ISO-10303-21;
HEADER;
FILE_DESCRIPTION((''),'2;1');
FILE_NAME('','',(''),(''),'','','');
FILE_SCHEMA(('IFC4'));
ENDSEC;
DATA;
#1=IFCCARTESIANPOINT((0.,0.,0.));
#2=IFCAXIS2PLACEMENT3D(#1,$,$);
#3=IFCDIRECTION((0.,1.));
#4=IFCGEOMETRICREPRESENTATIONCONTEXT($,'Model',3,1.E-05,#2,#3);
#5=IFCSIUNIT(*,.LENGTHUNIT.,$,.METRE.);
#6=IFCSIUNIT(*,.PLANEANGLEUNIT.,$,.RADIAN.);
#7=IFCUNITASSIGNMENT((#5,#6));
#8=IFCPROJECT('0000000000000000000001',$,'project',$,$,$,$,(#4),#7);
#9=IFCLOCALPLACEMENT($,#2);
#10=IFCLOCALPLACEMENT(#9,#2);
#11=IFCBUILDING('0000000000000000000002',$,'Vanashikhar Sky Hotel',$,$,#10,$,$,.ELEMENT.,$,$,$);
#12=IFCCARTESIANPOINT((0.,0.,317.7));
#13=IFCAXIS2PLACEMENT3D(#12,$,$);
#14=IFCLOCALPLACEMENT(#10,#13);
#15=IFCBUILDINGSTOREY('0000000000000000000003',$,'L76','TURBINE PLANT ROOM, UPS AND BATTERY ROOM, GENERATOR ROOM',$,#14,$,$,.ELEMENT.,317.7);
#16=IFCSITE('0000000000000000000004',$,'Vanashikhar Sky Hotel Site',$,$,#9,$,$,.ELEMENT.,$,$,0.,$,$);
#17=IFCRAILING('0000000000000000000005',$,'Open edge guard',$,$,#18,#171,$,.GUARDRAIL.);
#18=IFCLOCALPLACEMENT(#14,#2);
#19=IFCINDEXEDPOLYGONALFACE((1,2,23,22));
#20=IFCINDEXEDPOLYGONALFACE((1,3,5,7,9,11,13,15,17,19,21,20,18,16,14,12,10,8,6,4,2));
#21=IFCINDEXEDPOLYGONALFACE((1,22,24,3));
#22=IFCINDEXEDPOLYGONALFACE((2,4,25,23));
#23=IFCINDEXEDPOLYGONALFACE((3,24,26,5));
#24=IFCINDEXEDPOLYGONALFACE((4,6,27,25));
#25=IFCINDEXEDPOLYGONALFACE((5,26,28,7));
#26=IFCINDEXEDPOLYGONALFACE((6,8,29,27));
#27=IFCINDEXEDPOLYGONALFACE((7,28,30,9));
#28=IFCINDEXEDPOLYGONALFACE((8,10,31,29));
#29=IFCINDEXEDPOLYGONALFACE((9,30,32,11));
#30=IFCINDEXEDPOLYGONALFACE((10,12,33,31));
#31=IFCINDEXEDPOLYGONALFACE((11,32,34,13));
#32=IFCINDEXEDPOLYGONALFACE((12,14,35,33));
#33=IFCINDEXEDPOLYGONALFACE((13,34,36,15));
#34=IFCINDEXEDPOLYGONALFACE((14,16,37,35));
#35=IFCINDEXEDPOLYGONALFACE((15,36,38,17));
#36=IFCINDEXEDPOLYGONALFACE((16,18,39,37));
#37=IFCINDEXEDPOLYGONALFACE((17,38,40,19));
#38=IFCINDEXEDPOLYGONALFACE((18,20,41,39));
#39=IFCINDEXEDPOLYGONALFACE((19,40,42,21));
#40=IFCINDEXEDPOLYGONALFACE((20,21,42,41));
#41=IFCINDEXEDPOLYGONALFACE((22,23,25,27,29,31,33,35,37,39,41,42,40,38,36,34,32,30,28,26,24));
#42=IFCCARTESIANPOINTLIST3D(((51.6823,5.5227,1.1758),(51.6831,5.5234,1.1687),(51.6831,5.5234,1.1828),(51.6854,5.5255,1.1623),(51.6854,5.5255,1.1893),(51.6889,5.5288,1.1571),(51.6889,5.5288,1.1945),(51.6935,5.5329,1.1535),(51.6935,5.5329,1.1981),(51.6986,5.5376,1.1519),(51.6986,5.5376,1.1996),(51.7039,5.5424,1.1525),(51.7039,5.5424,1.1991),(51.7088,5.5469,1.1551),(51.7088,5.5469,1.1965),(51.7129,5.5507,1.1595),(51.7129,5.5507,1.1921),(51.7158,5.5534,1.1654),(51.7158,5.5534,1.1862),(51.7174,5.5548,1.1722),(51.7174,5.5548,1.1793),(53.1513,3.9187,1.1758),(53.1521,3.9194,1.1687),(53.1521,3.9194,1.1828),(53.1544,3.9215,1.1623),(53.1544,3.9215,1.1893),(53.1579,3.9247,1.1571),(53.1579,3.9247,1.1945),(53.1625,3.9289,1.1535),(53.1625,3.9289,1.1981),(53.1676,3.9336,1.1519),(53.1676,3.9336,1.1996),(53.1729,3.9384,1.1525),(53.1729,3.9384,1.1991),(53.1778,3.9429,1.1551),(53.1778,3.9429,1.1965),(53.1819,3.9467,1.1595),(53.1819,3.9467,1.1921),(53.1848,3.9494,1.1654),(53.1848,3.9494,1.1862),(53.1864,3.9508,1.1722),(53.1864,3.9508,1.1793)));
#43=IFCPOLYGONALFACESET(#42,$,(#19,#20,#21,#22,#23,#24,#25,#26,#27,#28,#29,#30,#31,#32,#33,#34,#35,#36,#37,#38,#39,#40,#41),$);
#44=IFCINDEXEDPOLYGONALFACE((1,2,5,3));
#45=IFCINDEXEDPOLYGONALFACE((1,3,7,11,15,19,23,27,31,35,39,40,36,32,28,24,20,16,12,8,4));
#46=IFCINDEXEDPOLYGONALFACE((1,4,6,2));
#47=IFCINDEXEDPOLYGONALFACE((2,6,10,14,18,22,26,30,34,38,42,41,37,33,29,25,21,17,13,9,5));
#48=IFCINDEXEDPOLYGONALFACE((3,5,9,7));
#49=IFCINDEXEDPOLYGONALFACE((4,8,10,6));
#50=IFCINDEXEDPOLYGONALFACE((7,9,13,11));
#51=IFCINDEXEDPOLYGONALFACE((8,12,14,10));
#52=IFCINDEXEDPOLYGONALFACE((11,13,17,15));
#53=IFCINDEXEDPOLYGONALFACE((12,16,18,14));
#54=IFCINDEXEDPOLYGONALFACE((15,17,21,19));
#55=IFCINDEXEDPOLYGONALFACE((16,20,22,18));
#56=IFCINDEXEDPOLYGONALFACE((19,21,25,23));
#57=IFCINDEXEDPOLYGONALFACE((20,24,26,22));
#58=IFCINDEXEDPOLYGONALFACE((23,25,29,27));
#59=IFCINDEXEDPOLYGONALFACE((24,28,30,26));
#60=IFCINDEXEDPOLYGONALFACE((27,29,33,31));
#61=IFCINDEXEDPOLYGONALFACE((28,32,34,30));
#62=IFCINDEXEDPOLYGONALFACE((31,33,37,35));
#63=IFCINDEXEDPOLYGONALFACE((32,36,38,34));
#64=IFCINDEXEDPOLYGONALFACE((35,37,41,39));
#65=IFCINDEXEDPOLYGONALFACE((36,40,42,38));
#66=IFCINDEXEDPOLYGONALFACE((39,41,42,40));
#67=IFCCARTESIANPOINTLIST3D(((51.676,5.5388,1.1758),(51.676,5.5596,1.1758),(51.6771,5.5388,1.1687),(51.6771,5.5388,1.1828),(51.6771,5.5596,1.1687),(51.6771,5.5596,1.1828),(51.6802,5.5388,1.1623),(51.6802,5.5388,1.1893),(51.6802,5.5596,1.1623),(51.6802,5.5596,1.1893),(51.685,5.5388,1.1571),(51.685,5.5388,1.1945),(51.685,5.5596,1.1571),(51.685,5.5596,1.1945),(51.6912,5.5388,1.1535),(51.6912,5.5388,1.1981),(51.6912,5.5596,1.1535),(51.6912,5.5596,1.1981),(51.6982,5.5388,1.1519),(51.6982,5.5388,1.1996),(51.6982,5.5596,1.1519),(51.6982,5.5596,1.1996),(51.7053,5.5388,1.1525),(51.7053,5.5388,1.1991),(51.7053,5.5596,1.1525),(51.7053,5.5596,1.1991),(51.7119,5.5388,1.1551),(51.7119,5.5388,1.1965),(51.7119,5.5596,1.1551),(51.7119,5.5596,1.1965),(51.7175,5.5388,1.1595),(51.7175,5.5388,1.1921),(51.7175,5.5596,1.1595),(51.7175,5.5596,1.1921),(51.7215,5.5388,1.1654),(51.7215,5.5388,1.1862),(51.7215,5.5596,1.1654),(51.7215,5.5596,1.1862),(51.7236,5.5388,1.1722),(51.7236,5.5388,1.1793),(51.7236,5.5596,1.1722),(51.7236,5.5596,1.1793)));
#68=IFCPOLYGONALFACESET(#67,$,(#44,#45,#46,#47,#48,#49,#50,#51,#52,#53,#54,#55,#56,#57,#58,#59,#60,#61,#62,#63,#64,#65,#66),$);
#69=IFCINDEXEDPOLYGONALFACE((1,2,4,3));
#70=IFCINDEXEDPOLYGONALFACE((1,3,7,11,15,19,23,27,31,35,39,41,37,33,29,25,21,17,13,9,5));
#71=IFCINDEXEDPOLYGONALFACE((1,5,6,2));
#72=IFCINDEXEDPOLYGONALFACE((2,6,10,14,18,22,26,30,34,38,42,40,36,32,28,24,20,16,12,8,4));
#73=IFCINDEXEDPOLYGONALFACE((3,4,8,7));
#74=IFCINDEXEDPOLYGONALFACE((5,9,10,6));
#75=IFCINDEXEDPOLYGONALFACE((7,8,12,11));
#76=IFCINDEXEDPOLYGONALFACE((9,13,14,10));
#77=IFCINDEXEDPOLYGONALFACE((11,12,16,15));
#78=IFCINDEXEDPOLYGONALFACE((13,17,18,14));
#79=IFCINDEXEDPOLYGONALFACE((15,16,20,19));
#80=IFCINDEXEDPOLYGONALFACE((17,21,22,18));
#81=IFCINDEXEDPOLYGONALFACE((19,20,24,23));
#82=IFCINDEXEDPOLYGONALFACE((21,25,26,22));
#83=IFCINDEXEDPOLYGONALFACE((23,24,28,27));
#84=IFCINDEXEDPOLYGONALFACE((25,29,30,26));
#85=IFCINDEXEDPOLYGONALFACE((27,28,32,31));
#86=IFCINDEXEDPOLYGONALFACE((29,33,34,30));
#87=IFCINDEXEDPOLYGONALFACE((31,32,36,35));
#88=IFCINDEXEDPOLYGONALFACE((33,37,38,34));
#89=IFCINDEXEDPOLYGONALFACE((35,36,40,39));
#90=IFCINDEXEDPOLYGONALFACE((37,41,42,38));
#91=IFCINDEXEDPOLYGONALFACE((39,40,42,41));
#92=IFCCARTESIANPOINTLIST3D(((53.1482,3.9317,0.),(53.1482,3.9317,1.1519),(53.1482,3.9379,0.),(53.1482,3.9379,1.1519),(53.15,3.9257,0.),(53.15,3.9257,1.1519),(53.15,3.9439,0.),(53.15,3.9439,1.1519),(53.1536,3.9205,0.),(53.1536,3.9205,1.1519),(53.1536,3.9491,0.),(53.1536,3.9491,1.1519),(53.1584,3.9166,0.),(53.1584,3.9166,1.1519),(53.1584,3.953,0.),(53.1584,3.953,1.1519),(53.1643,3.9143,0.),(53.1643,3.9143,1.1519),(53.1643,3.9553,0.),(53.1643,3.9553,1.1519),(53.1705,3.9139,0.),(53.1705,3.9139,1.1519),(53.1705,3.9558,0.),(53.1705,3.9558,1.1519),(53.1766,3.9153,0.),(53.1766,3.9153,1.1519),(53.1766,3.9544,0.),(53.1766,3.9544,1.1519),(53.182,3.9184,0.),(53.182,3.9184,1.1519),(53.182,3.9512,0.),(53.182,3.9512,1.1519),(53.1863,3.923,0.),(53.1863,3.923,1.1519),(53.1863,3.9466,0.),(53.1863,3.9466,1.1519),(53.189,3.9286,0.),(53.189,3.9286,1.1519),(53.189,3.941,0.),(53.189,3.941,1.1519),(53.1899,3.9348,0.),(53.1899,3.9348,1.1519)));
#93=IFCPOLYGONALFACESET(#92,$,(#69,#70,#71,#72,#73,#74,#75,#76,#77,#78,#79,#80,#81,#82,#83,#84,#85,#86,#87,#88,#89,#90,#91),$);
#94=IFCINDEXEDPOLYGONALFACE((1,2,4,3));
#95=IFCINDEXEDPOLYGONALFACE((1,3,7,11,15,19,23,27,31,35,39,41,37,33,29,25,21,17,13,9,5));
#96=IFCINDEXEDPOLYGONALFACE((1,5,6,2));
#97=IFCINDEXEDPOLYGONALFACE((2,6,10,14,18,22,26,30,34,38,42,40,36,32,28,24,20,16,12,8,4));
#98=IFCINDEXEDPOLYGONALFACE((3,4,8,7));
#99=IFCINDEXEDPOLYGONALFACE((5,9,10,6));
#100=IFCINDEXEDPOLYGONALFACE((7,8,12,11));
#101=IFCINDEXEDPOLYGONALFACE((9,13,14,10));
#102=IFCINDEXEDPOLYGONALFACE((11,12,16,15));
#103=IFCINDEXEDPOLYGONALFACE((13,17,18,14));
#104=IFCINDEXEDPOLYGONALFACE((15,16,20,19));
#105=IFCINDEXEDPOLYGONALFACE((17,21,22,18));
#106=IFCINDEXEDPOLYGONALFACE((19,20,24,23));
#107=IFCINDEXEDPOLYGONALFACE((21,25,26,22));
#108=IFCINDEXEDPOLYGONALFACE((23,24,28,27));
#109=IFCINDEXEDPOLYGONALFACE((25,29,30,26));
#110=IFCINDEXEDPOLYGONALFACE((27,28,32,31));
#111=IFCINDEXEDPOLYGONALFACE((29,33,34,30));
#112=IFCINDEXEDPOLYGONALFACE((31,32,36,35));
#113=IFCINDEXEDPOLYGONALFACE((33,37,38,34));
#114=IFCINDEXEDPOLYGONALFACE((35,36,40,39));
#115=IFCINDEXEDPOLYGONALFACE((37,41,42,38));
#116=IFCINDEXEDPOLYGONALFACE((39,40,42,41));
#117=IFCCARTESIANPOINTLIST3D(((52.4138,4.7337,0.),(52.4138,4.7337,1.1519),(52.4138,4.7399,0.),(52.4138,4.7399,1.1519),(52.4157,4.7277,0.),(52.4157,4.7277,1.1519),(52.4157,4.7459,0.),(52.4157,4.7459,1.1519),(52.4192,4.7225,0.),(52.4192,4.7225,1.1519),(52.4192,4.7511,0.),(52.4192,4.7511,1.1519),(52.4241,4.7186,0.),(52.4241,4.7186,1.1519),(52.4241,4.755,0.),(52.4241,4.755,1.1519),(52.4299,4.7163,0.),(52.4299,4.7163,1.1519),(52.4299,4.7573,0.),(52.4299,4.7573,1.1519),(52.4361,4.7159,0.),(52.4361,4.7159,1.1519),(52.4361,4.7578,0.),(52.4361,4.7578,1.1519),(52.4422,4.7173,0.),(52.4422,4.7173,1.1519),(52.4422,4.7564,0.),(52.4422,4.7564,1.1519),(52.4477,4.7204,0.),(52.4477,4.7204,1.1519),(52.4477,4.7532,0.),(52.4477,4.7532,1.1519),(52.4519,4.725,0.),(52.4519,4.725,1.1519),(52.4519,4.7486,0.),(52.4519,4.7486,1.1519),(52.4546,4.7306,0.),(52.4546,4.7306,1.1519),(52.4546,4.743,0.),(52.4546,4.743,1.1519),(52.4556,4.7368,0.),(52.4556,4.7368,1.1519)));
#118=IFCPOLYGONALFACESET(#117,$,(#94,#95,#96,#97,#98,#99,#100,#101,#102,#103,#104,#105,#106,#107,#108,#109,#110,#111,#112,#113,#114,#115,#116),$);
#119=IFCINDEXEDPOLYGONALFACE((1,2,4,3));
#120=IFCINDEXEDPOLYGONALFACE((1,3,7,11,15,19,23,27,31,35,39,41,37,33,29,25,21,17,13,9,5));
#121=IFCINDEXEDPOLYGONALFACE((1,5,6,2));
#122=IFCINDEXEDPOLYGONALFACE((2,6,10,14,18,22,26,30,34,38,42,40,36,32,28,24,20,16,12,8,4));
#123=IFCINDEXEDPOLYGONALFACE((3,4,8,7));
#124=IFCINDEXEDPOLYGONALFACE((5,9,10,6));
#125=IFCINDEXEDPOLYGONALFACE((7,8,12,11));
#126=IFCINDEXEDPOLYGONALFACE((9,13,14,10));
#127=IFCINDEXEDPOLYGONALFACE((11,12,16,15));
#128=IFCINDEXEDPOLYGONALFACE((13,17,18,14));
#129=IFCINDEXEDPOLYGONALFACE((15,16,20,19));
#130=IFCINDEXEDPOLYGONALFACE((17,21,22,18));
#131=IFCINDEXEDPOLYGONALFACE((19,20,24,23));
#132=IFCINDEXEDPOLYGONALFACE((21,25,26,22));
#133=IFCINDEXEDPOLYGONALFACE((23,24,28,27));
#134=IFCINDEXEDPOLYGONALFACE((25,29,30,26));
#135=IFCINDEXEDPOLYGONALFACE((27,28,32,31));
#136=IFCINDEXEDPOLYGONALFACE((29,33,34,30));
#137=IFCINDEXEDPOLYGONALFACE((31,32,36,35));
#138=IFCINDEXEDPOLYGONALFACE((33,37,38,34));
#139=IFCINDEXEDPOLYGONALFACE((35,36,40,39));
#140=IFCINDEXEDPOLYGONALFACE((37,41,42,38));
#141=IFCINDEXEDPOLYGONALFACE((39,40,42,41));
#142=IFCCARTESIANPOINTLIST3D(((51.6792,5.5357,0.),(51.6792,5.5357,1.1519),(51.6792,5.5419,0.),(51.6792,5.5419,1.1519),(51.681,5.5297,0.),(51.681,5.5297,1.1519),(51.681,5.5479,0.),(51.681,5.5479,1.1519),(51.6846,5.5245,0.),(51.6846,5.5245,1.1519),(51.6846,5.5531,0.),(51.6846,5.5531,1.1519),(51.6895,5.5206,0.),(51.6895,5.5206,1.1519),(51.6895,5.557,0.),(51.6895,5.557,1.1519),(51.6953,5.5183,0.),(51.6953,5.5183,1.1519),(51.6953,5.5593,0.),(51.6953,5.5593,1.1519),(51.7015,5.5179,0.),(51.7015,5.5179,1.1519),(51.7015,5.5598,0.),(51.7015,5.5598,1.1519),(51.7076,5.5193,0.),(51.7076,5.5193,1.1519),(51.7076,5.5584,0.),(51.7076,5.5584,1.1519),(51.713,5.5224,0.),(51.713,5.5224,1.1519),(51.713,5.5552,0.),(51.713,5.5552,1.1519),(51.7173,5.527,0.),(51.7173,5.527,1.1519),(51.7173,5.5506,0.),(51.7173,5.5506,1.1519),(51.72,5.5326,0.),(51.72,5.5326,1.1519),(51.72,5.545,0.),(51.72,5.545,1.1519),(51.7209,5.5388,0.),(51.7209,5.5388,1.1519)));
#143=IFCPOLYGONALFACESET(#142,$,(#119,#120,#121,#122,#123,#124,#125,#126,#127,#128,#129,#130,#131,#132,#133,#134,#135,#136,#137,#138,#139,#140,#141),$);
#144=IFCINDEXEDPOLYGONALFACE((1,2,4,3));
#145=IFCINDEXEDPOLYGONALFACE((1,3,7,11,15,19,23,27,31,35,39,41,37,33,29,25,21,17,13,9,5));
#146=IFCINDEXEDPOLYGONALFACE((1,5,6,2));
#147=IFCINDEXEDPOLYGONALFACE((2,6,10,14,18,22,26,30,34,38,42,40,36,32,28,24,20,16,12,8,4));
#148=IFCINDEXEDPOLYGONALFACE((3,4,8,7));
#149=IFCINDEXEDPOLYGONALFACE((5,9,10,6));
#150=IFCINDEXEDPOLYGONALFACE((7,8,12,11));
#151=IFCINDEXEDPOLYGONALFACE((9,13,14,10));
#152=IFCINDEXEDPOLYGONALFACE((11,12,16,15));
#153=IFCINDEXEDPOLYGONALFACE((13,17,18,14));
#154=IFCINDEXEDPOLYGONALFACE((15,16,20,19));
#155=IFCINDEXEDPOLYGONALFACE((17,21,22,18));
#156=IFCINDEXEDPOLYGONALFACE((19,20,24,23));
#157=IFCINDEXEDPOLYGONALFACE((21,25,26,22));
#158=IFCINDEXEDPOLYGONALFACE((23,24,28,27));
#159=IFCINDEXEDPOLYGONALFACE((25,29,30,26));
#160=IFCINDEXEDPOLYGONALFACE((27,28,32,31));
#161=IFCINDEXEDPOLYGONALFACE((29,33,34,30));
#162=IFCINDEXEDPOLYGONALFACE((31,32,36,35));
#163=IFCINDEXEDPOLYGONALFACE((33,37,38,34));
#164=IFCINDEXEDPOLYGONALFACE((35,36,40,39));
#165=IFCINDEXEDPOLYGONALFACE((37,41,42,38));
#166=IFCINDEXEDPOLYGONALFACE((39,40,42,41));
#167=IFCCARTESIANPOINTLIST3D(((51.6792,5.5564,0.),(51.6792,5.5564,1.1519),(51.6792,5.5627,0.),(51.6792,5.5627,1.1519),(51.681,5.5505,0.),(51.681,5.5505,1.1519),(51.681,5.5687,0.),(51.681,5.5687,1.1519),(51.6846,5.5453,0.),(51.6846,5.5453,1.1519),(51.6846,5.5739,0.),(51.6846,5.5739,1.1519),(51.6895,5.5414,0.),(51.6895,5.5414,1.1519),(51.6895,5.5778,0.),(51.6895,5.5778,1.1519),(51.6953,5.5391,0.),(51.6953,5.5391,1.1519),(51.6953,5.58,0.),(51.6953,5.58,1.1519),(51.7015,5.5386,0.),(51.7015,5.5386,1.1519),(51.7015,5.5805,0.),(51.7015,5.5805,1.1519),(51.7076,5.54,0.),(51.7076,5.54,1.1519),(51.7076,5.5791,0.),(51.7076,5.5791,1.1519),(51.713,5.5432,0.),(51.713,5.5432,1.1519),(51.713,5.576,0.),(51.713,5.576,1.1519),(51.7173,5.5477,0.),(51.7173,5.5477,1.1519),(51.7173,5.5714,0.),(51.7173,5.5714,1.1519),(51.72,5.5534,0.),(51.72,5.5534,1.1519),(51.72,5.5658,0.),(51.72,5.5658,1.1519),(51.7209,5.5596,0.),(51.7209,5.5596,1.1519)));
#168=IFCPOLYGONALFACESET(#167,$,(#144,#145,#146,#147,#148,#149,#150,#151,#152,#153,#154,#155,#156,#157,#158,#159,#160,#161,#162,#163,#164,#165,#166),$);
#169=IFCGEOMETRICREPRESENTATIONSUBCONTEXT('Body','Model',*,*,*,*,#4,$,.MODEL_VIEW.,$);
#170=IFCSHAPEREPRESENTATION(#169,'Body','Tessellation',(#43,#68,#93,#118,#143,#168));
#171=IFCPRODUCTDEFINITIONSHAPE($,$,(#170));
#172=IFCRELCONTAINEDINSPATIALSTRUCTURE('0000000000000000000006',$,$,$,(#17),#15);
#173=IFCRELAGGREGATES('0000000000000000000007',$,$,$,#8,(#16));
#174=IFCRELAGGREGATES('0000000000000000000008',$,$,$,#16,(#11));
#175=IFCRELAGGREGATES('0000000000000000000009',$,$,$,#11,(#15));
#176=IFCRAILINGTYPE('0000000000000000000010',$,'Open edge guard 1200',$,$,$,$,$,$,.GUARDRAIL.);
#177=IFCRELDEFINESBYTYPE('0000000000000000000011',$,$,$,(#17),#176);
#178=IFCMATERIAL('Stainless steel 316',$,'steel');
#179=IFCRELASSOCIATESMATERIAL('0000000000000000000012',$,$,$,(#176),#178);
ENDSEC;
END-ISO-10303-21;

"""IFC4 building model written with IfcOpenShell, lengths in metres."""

from ifc_helpers import new_model, si_unit, direction, frame, origin, origin_2d, place, context, subcontext, project, spatial, circle, extrude, source, transform, mapped, material, type_object, element, save


model = new_model("IFC4")

# Units and contexts
model_context = context("Model", 3, precision=1e-05, world=origin(), true_north=direction((0.0, 1.0)))
body_context = subcontext(model_context, "Body", "Model", "MODEL_VIEW")
ifc_project = project(units=[si_unit("LENGTHUNIT", "METRE"), si_unit("PLANEANGLEUNIT", "RADIAN")], contexts=[model_context])

# Site, building, storey
site_placement = place(None, origin())
site = spatial("IfcSite", under=ifc_project, at=site_placement, Name="Vanashikhar Sky Hotel Site", CompositionType="ELEMENT", RefElevation=0.0)
building_placement = place(site_placement, origin())
building = spatial("IfcBuilding", under=site, at=building_placement, Name="Vanashikhar Sky Hotel", CompositionType="ELEMENT")
storey_placement = place(building_placement, frame((0.0, 0.0, 317.7)))
storey = spatial("IfcBuildingStorey", under=building, at=storey_placement, Name="L76", Description="TURBINE PLANT ROOM, UPS AND BATTERY ROOM, GENERATOR ROOM", CompositionType="ELEMENT", Elevation=317.7)

# Railing
ifc_material_1 = material(Name="Stainless steel 316", Category="steel")
railing_type = type_object("IfcRailingType", Name="Open edge guard 1200", PredefinedType="GUARDRAIL", material=ifc_material_1)
shared_shape_1 = source(origin(), body_context, "Body", "SweptSolid", [
    extrude(circle(Radius=0.0239, at=origin_2d()), frame((0.0, 0.0, 1.1758), z_axis=(-0.675389, 0.737462, 0.0), x_axis=(-0.737462, -0.675389, 0.0)), (0.0, 0.0, 1.0), 2.175),
    extrude(circle(Radius=0.0239, at=origin_2d()), frame((-1.469, 1.604, 1.1758), z_axis=(0.0, 1.0, 0.0), x_axis=(-1.0, 0.0, 0.0)), (0.0, 0.0, 1.0), 0.0208),
    extrude(circle(Radius=0.021, at=origin_2d()), origin(), (0.0, 0.0, 1.0), 1.1519),
    extrude(circle(Radius=0.021, at=origin_2d()), frame((-0.7344, 0.802, 0.0)), (0.0, 0.0, 1.0), 1.1519),
    extrude(circle(Radius=0.021, at=origin_2d()), frame((-1.469, 1.604, 0.0)), (0.0, 0.0, 1.0), 1.1519),
    extrude(circle(Radius=0.021, at=origin_2d()), frame((-1.469, 1.6248, 0.0)), (0.0, 0.0, 1.0), 1.1519),
])
railing_1_placement = place(storey_placement, frame((53.1689, 3.9348, 0.0)))
element("IfcRailing", 1, at=railing_1_placement, inside=storey, type_object=railing_type, Name="Open edge guard", PredefinedType="GUARDRAIL", context=body_context, shape_type="MappedRepresentation", body=[
    mapped(shared_shape_1, transform((0.0, 0.0, 0.0), scale=1.0)),
])

save(model, "model.ifc")
